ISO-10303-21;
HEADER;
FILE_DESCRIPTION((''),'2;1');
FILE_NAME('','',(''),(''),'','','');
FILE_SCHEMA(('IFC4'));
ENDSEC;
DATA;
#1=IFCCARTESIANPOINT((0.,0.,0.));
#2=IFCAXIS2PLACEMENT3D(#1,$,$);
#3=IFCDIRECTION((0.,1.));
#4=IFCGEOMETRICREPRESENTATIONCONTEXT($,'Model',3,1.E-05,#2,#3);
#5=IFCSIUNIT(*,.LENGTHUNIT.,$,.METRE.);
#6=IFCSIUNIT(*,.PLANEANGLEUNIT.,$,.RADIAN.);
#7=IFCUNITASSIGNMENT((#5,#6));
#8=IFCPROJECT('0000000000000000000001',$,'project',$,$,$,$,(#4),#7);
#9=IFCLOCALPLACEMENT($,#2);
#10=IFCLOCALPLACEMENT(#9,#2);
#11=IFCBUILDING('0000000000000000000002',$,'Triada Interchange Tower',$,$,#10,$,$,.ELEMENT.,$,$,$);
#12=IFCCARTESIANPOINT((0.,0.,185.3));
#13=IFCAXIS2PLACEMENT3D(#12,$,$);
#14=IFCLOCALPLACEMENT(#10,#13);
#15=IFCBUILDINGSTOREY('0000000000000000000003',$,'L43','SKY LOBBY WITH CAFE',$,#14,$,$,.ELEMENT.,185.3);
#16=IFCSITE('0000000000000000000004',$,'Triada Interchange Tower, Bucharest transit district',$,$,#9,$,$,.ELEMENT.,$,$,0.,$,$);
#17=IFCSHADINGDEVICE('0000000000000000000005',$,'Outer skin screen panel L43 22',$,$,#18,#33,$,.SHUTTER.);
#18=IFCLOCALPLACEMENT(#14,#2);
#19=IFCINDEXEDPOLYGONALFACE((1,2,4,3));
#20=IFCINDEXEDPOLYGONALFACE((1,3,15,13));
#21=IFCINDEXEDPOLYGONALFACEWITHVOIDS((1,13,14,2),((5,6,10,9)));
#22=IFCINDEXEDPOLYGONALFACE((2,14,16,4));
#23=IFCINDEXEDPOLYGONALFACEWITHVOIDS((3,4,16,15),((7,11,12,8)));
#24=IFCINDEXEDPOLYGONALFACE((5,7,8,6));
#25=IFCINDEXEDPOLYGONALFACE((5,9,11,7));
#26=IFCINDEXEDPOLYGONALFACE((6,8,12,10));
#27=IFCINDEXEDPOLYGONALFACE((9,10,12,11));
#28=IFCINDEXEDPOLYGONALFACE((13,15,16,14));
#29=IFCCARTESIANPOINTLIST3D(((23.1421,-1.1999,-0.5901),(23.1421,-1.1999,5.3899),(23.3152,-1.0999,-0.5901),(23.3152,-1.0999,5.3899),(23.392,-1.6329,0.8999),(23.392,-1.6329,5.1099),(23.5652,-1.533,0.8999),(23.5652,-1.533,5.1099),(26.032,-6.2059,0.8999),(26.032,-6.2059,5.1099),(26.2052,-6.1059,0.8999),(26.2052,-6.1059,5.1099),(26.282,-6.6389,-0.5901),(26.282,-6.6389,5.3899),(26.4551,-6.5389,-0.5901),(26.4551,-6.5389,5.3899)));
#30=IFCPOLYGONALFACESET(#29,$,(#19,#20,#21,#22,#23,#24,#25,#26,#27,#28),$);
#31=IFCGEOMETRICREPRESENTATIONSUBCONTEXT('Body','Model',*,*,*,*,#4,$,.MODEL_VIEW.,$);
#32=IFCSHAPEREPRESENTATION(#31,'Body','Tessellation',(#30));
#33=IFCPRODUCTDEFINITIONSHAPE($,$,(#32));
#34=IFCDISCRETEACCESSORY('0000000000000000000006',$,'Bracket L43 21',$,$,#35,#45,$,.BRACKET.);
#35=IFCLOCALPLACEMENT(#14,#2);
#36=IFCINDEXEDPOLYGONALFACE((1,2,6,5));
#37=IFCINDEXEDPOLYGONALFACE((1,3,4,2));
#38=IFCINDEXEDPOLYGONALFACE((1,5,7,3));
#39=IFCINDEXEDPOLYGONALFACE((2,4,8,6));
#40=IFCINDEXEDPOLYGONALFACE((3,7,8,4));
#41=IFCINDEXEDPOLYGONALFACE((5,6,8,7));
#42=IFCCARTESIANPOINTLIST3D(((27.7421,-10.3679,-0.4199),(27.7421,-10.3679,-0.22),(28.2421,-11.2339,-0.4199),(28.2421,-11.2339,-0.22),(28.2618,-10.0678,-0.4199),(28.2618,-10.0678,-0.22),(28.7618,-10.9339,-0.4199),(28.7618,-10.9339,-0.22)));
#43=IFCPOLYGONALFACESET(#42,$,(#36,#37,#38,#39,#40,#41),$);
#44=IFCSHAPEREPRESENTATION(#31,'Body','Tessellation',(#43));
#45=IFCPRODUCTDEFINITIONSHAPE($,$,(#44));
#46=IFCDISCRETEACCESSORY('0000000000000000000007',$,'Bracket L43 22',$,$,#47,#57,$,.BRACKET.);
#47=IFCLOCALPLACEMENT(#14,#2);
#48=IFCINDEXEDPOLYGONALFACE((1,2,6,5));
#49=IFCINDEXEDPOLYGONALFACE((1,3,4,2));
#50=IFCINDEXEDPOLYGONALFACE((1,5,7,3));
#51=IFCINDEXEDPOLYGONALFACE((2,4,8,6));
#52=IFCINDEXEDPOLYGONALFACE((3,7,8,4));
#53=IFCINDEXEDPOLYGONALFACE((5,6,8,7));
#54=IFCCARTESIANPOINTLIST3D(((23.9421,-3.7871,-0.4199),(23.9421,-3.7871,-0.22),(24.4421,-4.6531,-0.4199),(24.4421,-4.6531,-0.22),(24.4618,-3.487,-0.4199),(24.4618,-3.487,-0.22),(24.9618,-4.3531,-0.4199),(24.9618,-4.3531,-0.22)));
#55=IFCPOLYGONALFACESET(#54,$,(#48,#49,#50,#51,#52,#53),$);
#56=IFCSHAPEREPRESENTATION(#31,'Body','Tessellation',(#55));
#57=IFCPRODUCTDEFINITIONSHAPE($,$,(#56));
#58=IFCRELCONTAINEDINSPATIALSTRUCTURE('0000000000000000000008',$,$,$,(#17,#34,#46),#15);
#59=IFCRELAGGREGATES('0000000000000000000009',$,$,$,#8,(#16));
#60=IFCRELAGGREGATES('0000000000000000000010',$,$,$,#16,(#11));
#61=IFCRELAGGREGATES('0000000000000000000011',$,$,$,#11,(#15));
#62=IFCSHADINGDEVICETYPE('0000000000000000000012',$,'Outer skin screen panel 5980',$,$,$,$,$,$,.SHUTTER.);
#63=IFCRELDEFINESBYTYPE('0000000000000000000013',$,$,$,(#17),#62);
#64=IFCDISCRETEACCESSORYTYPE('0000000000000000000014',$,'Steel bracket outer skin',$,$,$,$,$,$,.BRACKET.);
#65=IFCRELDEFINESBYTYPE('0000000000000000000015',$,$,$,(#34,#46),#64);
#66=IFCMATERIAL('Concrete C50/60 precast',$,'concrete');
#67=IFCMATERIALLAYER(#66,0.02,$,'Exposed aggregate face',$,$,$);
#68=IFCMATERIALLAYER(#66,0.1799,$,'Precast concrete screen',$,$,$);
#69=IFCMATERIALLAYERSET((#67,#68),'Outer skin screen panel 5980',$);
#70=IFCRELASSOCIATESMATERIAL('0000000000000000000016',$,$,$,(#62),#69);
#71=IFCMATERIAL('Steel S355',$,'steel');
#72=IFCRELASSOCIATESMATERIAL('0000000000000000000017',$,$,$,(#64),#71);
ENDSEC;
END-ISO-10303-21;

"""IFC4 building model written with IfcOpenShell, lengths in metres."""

from ifc_helpers import new_model, si_unit, direction, frame, origin, origin_2d, place, context, subcontext, project, spatial, polyline, rectangle, outline, extrude, material, layer, layer_set, type_object, element, save


model = new_model("IFC4")

# Units and contexts
model_context = context("Model", 3, precision=1e-05, world=origin(), true_north=direction((0.0, 1.0)))
body_context = subcontext(model_context, "Body", "Model", "MODEL_VIEW")
ifc_project = project(units=[si_unit("LENGTHUNIT", "METRE"), si_unit("PLANEANGLEUNIT", "RADIAN")], contexts=[model_context])

# Site, building, storey
site_placement = place(None, origin())
site = spatial("IfcSite", under=ifc_project, at=site_placement, Name="Triada Interchange Tower, Bucharest transit district", CompositionType="ELEMENT", RefElevation=0.0)
building_placement = place(site_placement, origin())
building = spatial("IfcBuilding", under=site, at=building_placement, Name="Triada Interchange Tower", CompositionType="ELEMENT")
storey_placement = place(building_placement, frame((0.0, 0.0, 185.3)))
storey = spatial("IfcBuildingStorey", under=building, at=storey_placement, Name="L43", Description="SKY LOBBY WITH CAFE", CompositionType="ELEMENT", Elevation=185.3)

# Shading device
ifc_material_1 = material(Name="Concrete C50/60 precast", Category="concrete")
ifc_layer_1 = layer(ifc_material_1, 0.02, Name="Exposed aggregate face")
ifc_layer_2 = layer(ifc_material_1, 0.1799, Name="Precast concrete screen")
ifc_layer_set_1 = layer_set([ifc_layer_1, ifc_layer_2], Name="Outer skin screen panel 5980")
shading_device_type = type_object("IfcShadingDeviceType", Name="Outer skin screen panel 5980", PredefinedType="SHUTTER", material=ifc_layer_set_1)
shading_device_placement = place(storey_placement, frame((26.282, -6.6389, -0.5901), z_axis=(0.0, 0.0, 1.0), x_axis=(-0.499965, 0.866046, 0.0)))
element("IfcShadingDevice", 1, at=shading_device_placement, inside=storey, type_object=shading_device_type, Name="Outer skin screen panel L43 22", PredefinedType="SHUTTER", context=body_context, shape_type="SweptSolid", body=[
    extrude(outline(polyline([(0.0, 0.0), (6.2803, 0.0), (6.2803, 5.98), (0.0, 5.98), (0.0, 0.0)]), holes=[polyline([(0.5, 1.49), (0.5, 5.7), (5.7803, 5.7), (5.7803, 1.49), (0.5, 1.49)])]), frame((0.0, 0.0, 0.0), z_axis=(0.0, -1.0, 0.0), x_axis=(1.0, 0.0, 0.0)), (0.0, 0.0, 1.0), 0.2),
])

# Discrete accessories
ifc_material_2 = material(Name="Steel S355", Category="steel")
discrete_accessory_type = type_object("IfcDiscreteAccessoryType", Name="Steel bracket outer skin", PredefinedType="BRACKET", material=ifc_material_2)
for number, where, z_axis, x_axis, name in (
    (2, (28.252, -10.6509, -0.4199), (0.0, 0.0, 1.0), (0.866022, 0.500006, 0.0), "Bracket L43 21"),
    (3, (24.4519, -4.0701, -0.4199), (0.0, 0.0, 1.0), (0.866022, 0.500006, 0.0), "Bracket L43 22"),
):
    element("IfcDiscreteAccessory", number, at=place(storey_placement, frame(where, z_axis=z_axis, x_axis=x_axis)), inside=storey, type_object=discrete_accessory_type, Name=name, PredefinedType="BRACKET", context=body_context, shape_type="SweptSolid", body=[
        extrude(rectangle(XDim=0.6001, YDim=1.0, at=origin_2d()), origin(), (0.0, 0.0, 1.0), 0.2),
    ])

save(model, "model.ifc")
